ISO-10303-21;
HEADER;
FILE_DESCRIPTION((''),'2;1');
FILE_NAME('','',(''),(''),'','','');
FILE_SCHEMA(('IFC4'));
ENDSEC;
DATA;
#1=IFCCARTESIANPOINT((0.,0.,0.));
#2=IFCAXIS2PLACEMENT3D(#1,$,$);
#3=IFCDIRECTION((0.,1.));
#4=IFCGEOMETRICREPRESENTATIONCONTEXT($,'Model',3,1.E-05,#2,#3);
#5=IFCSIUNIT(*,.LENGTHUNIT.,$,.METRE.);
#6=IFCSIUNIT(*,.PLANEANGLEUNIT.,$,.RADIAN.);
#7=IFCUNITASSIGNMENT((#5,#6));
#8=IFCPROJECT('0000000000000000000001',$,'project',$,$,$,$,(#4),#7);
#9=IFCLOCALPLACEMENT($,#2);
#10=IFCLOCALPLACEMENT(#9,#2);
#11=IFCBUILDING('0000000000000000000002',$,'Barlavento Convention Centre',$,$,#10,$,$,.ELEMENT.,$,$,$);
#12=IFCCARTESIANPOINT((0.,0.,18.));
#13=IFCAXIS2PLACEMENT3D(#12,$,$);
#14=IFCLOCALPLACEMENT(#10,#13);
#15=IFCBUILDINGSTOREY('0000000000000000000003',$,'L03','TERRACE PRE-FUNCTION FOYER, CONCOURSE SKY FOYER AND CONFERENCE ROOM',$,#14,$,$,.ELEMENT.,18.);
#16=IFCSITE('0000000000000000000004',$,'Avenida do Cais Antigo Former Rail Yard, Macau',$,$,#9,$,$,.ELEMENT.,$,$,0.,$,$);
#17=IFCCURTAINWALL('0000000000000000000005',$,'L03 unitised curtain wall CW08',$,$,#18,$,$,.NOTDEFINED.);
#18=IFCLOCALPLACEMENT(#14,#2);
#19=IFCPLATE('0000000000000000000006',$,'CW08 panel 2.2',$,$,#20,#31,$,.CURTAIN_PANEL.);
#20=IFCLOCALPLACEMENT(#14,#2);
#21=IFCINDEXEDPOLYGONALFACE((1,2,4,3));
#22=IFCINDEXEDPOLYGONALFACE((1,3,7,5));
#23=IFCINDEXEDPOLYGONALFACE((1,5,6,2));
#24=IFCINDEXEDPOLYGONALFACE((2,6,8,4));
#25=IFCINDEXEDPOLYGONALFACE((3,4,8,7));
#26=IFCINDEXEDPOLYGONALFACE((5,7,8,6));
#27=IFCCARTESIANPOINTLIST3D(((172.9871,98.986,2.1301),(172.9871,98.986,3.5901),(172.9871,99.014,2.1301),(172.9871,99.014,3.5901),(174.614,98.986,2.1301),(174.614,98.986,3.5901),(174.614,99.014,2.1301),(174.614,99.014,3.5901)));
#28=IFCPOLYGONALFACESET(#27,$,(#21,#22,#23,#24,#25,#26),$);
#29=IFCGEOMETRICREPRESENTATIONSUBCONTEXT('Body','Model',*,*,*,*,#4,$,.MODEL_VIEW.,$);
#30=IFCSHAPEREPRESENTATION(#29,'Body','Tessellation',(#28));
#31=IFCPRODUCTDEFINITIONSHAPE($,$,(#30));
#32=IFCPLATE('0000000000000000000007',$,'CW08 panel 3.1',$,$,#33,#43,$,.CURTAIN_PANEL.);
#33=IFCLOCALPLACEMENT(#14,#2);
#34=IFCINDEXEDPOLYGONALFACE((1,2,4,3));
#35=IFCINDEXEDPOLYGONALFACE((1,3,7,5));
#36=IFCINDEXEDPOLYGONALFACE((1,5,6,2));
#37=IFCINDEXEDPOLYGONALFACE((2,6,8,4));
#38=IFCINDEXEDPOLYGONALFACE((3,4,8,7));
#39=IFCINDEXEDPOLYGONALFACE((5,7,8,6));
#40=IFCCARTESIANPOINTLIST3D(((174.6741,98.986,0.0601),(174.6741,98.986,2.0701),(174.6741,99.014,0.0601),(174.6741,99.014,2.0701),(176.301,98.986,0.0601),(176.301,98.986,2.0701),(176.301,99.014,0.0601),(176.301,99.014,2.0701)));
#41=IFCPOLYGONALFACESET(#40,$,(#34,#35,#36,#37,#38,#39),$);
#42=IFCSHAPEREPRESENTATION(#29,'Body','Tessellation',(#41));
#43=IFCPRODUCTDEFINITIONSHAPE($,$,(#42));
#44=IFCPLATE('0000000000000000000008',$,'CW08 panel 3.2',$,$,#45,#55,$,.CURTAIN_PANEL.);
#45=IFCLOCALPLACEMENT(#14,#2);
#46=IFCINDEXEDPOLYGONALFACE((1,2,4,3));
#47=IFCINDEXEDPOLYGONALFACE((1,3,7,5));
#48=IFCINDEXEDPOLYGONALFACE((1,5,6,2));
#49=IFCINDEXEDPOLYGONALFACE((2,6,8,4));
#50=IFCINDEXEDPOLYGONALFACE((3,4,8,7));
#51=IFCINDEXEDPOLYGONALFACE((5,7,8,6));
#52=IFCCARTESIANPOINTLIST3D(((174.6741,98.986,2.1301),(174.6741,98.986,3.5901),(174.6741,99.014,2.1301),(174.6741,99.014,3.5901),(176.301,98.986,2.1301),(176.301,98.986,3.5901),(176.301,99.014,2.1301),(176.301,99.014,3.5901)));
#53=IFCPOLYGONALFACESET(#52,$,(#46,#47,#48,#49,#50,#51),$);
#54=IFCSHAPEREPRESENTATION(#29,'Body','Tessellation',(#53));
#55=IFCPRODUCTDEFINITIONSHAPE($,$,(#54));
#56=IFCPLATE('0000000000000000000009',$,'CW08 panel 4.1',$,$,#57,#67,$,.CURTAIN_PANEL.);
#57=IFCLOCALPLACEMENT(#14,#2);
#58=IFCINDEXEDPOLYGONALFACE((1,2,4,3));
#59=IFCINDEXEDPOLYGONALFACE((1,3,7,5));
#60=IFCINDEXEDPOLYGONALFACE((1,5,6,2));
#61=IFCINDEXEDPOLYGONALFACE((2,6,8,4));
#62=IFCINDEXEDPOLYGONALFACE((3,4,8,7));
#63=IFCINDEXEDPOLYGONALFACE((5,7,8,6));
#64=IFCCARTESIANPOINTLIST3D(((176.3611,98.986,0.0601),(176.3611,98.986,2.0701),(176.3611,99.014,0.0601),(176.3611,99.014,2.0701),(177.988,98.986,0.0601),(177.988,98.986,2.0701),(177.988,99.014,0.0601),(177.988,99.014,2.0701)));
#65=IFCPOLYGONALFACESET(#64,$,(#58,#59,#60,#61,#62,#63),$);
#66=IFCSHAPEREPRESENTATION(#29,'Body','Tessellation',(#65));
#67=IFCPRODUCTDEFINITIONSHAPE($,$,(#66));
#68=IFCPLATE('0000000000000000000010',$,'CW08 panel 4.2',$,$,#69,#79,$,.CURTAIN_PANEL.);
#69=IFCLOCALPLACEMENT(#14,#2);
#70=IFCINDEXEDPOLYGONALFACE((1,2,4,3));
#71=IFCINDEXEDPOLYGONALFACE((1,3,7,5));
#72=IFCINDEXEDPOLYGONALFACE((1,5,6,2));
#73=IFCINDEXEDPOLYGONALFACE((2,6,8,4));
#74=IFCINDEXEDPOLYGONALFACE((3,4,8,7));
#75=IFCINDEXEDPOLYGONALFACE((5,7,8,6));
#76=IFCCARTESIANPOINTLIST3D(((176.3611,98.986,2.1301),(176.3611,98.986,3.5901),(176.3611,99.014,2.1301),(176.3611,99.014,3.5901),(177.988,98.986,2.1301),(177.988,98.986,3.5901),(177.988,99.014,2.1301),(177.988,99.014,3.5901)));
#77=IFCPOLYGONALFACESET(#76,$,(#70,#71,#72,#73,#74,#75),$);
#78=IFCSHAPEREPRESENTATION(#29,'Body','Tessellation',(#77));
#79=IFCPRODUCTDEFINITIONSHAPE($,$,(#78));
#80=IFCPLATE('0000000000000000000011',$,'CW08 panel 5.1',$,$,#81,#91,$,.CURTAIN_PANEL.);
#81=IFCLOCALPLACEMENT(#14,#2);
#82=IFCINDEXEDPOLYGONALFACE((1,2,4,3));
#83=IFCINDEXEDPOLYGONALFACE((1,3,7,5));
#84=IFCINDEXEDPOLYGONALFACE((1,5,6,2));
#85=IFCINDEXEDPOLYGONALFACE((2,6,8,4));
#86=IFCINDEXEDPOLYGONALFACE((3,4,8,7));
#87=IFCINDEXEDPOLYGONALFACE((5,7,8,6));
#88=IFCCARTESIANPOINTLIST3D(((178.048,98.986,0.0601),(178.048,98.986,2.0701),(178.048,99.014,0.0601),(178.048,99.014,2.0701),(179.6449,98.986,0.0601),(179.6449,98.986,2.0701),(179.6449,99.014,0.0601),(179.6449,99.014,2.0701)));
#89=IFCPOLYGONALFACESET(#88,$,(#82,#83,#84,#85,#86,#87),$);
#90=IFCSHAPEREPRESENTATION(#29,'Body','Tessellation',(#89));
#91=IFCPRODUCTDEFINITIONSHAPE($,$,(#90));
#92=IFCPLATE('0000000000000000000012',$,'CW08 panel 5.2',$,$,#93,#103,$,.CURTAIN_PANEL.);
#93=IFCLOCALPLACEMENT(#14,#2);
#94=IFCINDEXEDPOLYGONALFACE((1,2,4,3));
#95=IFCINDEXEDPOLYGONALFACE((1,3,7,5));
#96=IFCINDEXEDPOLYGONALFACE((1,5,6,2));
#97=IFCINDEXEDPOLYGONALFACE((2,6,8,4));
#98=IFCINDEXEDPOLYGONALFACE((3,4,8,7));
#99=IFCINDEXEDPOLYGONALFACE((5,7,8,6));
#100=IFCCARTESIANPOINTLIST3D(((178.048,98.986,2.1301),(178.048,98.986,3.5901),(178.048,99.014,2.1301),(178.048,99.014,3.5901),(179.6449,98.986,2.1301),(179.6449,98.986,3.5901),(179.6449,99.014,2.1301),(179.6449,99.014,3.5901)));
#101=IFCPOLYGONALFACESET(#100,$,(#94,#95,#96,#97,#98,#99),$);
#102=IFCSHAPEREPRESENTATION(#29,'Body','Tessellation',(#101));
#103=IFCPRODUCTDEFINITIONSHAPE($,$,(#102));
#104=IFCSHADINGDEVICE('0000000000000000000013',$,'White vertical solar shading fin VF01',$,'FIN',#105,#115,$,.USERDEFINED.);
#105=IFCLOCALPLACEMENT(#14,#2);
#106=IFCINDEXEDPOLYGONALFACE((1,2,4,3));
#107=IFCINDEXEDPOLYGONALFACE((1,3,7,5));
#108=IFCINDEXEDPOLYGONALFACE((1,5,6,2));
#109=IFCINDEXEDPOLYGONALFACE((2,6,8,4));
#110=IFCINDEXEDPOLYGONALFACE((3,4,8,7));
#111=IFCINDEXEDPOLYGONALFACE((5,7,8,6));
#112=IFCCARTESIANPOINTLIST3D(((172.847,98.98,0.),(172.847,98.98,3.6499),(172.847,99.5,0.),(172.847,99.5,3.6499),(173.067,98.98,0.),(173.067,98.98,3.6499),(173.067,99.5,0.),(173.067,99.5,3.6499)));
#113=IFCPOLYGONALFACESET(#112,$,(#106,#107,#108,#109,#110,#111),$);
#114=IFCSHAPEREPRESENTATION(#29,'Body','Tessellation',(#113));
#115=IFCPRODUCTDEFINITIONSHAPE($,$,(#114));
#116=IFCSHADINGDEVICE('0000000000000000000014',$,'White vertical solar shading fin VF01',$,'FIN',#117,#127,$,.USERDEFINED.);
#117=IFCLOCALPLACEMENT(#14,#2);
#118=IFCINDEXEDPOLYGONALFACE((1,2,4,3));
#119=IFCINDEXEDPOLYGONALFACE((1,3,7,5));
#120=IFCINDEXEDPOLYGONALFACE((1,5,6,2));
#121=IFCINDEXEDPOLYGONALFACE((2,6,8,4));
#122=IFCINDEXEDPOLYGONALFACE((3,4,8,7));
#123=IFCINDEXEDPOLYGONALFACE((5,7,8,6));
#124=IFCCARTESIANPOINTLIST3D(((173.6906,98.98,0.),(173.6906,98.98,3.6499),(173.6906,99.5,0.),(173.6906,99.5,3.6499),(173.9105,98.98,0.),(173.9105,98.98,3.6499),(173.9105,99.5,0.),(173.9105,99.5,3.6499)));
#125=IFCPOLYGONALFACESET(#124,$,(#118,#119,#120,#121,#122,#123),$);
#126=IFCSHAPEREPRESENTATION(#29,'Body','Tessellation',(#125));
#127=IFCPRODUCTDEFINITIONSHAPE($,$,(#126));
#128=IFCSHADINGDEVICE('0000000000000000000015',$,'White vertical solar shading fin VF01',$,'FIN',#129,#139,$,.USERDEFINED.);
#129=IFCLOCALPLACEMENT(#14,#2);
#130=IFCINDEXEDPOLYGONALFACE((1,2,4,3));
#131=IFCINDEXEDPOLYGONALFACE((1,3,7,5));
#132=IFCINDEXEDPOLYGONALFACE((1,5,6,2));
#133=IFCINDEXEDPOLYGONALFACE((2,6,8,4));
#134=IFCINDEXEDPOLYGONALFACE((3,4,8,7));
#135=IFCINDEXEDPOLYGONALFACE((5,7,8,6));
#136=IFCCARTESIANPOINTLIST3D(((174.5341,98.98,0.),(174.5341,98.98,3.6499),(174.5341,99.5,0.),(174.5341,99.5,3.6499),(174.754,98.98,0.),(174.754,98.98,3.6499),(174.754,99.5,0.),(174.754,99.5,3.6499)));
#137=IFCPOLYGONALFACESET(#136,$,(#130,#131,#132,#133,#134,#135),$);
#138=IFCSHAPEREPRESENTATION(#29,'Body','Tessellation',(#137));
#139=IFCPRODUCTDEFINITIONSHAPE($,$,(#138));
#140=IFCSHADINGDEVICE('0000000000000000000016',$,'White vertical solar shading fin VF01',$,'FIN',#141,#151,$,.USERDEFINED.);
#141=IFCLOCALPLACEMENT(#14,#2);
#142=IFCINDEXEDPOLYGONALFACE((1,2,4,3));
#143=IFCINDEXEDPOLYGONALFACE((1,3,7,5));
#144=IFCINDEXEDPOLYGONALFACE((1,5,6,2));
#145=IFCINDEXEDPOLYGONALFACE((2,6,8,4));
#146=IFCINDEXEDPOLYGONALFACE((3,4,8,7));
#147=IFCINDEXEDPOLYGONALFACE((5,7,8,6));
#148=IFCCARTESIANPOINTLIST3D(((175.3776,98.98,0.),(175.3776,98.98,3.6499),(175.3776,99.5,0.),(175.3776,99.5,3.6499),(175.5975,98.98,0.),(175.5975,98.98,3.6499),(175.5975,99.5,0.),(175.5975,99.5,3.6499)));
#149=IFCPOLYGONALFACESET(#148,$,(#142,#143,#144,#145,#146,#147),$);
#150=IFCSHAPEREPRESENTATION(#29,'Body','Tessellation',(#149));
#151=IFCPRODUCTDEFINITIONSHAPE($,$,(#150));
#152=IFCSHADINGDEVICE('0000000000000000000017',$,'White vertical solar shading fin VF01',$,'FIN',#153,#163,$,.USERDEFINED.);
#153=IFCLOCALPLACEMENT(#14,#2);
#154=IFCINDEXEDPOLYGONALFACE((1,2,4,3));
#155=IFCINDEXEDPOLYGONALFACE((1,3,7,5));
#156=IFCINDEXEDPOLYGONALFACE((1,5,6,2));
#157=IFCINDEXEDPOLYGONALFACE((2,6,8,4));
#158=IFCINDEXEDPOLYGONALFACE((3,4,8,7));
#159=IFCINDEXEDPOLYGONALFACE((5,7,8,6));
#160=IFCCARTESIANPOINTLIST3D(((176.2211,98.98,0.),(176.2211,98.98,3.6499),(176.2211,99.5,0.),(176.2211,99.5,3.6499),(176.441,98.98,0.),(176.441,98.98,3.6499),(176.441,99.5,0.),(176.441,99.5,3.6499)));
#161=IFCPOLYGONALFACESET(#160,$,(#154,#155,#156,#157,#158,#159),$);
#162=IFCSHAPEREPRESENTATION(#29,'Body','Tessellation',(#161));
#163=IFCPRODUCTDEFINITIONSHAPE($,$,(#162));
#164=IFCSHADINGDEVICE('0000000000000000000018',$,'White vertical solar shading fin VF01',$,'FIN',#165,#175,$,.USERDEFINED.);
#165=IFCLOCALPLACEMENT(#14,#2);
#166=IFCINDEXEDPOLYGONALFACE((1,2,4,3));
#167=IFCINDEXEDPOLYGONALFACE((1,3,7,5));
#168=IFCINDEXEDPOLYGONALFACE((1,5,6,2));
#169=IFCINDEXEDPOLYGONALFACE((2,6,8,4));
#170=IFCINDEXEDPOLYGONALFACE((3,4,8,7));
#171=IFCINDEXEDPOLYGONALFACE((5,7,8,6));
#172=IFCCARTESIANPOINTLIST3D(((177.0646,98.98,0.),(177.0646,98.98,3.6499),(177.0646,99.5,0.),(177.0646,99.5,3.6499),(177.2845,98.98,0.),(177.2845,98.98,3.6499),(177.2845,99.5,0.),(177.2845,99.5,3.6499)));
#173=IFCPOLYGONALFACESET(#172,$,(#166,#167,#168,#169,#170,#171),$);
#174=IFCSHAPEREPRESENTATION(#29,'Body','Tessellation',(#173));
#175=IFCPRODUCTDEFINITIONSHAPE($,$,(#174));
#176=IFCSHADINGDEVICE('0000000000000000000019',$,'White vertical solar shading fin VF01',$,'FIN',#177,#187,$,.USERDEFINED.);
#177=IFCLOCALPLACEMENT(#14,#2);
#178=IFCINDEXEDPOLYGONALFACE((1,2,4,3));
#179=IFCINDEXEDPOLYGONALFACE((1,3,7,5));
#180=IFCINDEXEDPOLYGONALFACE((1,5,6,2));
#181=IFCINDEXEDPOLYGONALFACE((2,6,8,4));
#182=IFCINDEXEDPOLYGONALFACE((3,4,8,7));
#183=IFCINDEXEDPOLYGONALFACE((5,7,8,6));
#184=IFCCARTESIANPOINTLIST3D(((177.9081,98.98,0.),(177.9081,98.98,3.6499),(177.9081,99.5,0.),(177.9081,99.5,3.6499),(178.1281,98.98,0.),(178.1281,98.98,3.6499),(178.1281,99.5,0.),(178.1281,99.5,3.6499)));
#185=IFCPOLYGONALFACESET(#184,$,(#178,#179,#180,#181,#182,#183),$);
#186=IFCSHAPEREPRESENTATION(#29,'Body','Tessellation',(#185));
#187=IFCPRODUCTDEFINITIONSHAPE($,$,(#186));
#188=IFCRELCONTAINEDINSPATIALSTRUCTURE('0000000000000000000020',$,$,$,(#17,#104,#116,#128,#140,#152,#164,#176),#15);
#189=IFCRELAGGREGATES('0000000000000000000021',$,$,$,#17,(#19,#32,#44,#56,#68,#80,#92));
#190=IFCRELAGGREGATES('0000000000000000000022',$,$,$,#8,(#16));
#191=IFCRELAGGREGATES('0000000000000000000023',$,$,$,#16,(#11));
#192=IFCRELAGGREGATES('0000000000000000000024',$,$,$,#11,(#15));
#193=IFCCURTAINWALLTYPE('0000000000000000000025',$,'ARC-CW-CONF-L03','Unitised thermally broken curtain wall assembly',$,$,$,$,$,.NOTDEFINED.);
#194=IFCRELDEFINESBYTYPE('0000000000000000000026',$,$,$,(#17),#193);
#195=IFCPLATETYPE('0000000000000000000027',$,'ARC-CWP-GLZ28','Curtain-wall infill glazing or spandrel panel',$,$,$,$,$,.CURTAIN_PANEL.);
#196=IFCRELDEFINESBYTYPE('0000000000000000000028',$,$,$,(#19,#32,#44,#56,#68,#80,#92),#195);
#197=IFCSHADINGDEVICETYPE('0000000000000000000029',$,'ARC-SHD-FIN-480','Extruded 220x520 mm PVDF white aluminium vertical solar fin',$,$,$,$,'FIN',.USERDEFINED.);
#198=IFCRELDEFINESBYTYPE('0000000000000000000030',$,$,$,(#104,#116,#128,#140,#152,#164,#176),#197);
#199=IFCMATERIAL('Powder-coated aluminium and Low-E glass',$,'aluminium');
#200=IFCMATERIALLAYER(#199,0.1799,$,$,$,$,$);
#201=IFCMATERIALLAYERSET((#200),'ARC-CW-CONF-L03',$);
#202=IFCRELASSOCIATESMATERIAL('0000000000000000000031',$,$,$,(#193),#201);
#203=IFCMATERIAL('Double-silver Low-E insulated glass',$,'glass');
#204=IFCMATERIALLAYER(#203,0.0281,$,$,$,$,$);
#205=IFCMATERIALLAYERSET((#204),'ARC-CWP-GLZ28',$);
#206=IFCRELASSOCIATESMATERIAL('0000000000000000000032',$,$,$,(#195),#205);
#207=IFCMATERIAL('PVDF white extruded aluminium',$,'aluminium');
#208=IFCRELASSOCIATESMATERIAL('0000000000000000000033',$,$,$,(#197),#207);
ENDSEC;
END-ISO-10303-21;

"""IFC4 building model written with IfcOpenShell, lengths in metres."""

from ifc_helpers import new_model, si_unit, direction, frame, origin, origin_2d, place, context, subcontext, project, spatial, rectangle, extrude, material, layer, layer_set, type_object, element, aggregate, save


model = new_model("IFC4")

# Units and contexts
model_context = context("Model", 3, precision=1e-05, world=origin(), true_north=direction((0.0, 1.0)))
body_context = subcontext(model_context, "Body", "Model", "MODEL_VIEW")
ifc_project = project(units=[si_unit("LENGTHUNIT", "METRE"), si_unit("PLANEANGLEUNIT", "RADIAN")], contexts=[model_context])

# Site, building, storey
site_placement = place(None, origin())
site = spatial("IfcSite", under=ifc_project, at=site_placement, Name="Avenida do Cais Antigo Former Rail Yard, Macau", CompositionType="ELEMENT", RefElevation=0.0)
building_placement = place(site_placement, origin())
building = spatial("IfcBuilding", under=site, at=building_placement, Name="Barlavento Convention Centre", CompositionType="ELEMENT")
storey_placement = place(building_placement, frame((0.0, 0.0, 18.0)))
storey = spatial("IfcBuildingStorey", under=building, at=storey_placement, Name="L03", Description="TERRACE PRE-FUNCTION FOYER, CONCOURSE SKY FOYER AND CONFERENCE ROOM", CompositionType="ELEMENT", Elevation=18.0)

# Curtain wall
ifc_material_1 = material(Name="Powder-coated aluminium and Low-E glass", Category="aluminium")
ifc_layer_1 = layer(ifc_material_1, 0.1799)
ifc_layer_set_1 = layer_set([ifc_layer_1], Name="ARC-CW-CONF-L03")
curtain_wall_type = type_object("IfcCurtainWallType", Name="ARC-CW-CONF-L03", Description="Unitised thermally broken curtain wall assembly", PredefinedType="NOTDEFINED", material=ifc_layer_set_1)
curtain_wall_placement = place(storey_placement, origin())
curtain_wall = element("IfcCurtainWall", 1, at=curtain_wall_placement, inside=storey, type_object=curtain_wall_type, Name="L03 unitised curtain wall CW08", PredefinedType="NOTDEFINED")

# Plates
ifc_material_2 = material(Name="Double-silver Low-E insulated glass", Category="glass")
ifc_layer_2 = layer(ifc_material_2, 0.0281)
ifc_layer_set_2 = layer_set([ifc_layer_2], Name="ARC-CWP-GLZ28")
plate_type = type_object("IfcPlateType", Name="ARC-CWP-GLZ28", Description="Curtain-wall infill glazing or spandrel panel", PredefinedType="CURTAIN_PANEL", material=ifc_layer_set_2)
plate_1_placement = place(storey_placement, frame((173.8005, 99.0, 2.1301), z_axis=(0.0, 0.0, 1.0), x_axis=(1.0, 0.0, 0.0)))
plate_1 = element("IfcPlate", 2, at=plate_1_placement, type_object=plate_type, Name="CW08 panel 2.2", PredefinedType="CURTAIN_PANEL", context=body_context, shape_type="SweptSolid", body=[
    extrude(rectangle(XDim=1.627, YDim=0.0281, at=origin_2d()), origin(), (0.0, 0.0, 1.0), 1.46),
])
plate_2_placement = place(storey_placement, frame((175.4875, 99.0, 0.0601), z_axis=(0.0, 0.0, 1.0), x_axis=(1.0, 0.0, 0.0)))
plate_2 = element("IfcPlate", 3, at=plate_2_placement, type_object=plate_type, Name="CW08 panel 3.1", PredefinedType="CURTAIN_PANEL", context=body_context, shape_type="SweptSolid", body=[
    extrude(rectangle(XDim=1.627, YDim=0.0281, at=origin_2d()), origin(), (0.0, 0.0, 1.0), 2.01),
])
plate_3_placement = place(storey_placement, frame((175.4875, 99.0, 2.1301), z_axis=(0.0, 0.0, 1.0), x_axis=(1.0, 0.0, 0.0)))
plate_3 = element("IfcPlate", 4, at=plate_3_placement, type_object=plate_type, Name="CW08 panel 3.2", PredefinedType="CURTAIN_PANEL", context=body_context, shape_type="SweptSolid", body=[
    extrude(rectangle(XDim=1.627, YDim=0.0281, at=origin_2d()), origin(), (0.0, 0.0, 1.0), 1.46),
])
plate_4_placement = place(storey_placement, frame((177.1746, 99.0, 0.0601), z_axis=(0.0, 0.0, 1.0), x_axis=(1.0, 0.0, 0.0)))
plate_4 = element("IfcPlate", 5, at=plate_4_placement, type_object=plate_type, Name="CW08 panel 4.1", PredefinedType="CURTAIN_PANEL", context=body_context, shape_type="SweptSolid", body=[
    extrude(rectangle(XDim=1.627, YDim=0.0281, at=origin_2d()), origin(), (0.0, 0.0, 1.0), 2.01),
])
plate_5_placement = place(storey_placement, frame((177.1746, 99.0, 2.1301), z_axis=(0.0, 0.0, 1.0), x_axis=(1.0, 0.0, 0.0)))
plate_5 = element("IfcPlate", 6, at=plate_5_placement, type_object=plate_type, Name="CW08 panel 4.2", PredefinedType="CURTAIN_PANEL", context=body_context, shape_type="SweptSolid", body=[
    extrude(rectangle(XDim=1.627, YDim=0.0281, at=origin_2d()), origin(), (0.0, 0.0, 1.0), 1.46),
])
plate_6_placement = place(storey_placement, frame((178.8464, 99.0, 0.0601), z_axis=(0.0, 0.0, 1.0), x_axis=(1.0, 0.0, 0.0)))
plate_6 = element("IfcPlate", 7, at=plate_6_placement, type_object=plate_type, Name="CW08 panel 5.1", PredefinedType="CURTAIN_PANEL", context=body_context, shape_type="SweptSolid", body=[
    extrude(rectangle(XDim=1.5969, YDim=0.0281, at=origin_2d()), origin(), (0.0, 0.0, 1.0), 2.01),
])
plate_7_placement = place(storey_placement, frame((178.8464, 99.0, 2.1301), z_axis=(0.0, 0.0, 1.0), x_axis=(1.0, 0.0, 0.0)))
plate_7 = element("IfcPlate", 8, at=plate_7_placement, type_object=plate_type, Name="CW08 panel 5.2", PredefinedType="CURTAIN_PANEL", context=body_context, shape_type="SweptSolid", body=[
    extrude(rectangle(XDim=1.5969, YDim=0.0281, at=origin_2d()), origin(), (0.0, 0.0, 1.0), 1.46),
])
aggregate(curtain_wall, [plate_1, plate_2, plate_3, plate_4, plate_5, plate_6, plate_7])

# Shading devices
ifc_material_3 = material(Name="PVDF white extruded aluminium", Category="aluminium")
shading_device_type = type_object("IfcShadingDeviceType", Name="ARC-SHD-FIN-480", Description="Extruded 220x520 mm PVDF white aluminium vertical solar fin", ElementType="FIN", PredefinedType="USERDEFINED", material=ifc_material_3)
for number, where, z_axis, x_axis, name in (
    (9, (172.957, 99.24, 0.0), (0.0, 0.0, 1.0), (1.0, 0.0, 0.0), "White vertical solar shading fin VF01"),
    (10, (173.8005, 99.24, 0.0), (0.0, 0.0, 1.0), (1.0, 0.0, 0.0), "White vertical solar shading fin VF01"),
    (11, (174.644, 99.24, 0.0), (0.0, 0.0, 1.0), (1.0, 0.0, 0.0), "White vertical solar shading fin VF01"),
    (12, (175.4875, 99.24, 0.0), (0.0, 0.0, 1.0), (1.0, 0.0, 0.0), "White vertical solar shading fin VF01"),
    (13, (176.3311, 99.24, 0.0), (0.0, 0.0, 1.0), (1.0, 0.0, 0.0), "White vertical solar shading fin VF01"),
    (14, (177.1746, 99.24, 0.0), (0.0, 0.0, 1.0), (1.0, 0.0, 0.0), "White vertical solar shading fin VF01"),
    (15, (178.0181, 99.24, 0.0), (0.0, 0.0, 1.0), (1.0, 0.0, 0.0), "White vertical solar shading fin VF01"),
):
    element("IfcShadingDevice", number, at=place(storey_placement, frame(where, z_axis=z_axis, x_axis=x_axis)), inside=storey, type_object=shading_device_type, Name=name, ObjectType="FIN", PredefinedType="USERDEFINED", context=body_context, shape_type="SweptSolid", body=[
        extrude(rectangle(XDim=0.22, YDim=0.52, at=origin_2d()), origin(), (0.0, 0.0, 1.0), 3.6499),
    ])

save(model, "model.ifc")
